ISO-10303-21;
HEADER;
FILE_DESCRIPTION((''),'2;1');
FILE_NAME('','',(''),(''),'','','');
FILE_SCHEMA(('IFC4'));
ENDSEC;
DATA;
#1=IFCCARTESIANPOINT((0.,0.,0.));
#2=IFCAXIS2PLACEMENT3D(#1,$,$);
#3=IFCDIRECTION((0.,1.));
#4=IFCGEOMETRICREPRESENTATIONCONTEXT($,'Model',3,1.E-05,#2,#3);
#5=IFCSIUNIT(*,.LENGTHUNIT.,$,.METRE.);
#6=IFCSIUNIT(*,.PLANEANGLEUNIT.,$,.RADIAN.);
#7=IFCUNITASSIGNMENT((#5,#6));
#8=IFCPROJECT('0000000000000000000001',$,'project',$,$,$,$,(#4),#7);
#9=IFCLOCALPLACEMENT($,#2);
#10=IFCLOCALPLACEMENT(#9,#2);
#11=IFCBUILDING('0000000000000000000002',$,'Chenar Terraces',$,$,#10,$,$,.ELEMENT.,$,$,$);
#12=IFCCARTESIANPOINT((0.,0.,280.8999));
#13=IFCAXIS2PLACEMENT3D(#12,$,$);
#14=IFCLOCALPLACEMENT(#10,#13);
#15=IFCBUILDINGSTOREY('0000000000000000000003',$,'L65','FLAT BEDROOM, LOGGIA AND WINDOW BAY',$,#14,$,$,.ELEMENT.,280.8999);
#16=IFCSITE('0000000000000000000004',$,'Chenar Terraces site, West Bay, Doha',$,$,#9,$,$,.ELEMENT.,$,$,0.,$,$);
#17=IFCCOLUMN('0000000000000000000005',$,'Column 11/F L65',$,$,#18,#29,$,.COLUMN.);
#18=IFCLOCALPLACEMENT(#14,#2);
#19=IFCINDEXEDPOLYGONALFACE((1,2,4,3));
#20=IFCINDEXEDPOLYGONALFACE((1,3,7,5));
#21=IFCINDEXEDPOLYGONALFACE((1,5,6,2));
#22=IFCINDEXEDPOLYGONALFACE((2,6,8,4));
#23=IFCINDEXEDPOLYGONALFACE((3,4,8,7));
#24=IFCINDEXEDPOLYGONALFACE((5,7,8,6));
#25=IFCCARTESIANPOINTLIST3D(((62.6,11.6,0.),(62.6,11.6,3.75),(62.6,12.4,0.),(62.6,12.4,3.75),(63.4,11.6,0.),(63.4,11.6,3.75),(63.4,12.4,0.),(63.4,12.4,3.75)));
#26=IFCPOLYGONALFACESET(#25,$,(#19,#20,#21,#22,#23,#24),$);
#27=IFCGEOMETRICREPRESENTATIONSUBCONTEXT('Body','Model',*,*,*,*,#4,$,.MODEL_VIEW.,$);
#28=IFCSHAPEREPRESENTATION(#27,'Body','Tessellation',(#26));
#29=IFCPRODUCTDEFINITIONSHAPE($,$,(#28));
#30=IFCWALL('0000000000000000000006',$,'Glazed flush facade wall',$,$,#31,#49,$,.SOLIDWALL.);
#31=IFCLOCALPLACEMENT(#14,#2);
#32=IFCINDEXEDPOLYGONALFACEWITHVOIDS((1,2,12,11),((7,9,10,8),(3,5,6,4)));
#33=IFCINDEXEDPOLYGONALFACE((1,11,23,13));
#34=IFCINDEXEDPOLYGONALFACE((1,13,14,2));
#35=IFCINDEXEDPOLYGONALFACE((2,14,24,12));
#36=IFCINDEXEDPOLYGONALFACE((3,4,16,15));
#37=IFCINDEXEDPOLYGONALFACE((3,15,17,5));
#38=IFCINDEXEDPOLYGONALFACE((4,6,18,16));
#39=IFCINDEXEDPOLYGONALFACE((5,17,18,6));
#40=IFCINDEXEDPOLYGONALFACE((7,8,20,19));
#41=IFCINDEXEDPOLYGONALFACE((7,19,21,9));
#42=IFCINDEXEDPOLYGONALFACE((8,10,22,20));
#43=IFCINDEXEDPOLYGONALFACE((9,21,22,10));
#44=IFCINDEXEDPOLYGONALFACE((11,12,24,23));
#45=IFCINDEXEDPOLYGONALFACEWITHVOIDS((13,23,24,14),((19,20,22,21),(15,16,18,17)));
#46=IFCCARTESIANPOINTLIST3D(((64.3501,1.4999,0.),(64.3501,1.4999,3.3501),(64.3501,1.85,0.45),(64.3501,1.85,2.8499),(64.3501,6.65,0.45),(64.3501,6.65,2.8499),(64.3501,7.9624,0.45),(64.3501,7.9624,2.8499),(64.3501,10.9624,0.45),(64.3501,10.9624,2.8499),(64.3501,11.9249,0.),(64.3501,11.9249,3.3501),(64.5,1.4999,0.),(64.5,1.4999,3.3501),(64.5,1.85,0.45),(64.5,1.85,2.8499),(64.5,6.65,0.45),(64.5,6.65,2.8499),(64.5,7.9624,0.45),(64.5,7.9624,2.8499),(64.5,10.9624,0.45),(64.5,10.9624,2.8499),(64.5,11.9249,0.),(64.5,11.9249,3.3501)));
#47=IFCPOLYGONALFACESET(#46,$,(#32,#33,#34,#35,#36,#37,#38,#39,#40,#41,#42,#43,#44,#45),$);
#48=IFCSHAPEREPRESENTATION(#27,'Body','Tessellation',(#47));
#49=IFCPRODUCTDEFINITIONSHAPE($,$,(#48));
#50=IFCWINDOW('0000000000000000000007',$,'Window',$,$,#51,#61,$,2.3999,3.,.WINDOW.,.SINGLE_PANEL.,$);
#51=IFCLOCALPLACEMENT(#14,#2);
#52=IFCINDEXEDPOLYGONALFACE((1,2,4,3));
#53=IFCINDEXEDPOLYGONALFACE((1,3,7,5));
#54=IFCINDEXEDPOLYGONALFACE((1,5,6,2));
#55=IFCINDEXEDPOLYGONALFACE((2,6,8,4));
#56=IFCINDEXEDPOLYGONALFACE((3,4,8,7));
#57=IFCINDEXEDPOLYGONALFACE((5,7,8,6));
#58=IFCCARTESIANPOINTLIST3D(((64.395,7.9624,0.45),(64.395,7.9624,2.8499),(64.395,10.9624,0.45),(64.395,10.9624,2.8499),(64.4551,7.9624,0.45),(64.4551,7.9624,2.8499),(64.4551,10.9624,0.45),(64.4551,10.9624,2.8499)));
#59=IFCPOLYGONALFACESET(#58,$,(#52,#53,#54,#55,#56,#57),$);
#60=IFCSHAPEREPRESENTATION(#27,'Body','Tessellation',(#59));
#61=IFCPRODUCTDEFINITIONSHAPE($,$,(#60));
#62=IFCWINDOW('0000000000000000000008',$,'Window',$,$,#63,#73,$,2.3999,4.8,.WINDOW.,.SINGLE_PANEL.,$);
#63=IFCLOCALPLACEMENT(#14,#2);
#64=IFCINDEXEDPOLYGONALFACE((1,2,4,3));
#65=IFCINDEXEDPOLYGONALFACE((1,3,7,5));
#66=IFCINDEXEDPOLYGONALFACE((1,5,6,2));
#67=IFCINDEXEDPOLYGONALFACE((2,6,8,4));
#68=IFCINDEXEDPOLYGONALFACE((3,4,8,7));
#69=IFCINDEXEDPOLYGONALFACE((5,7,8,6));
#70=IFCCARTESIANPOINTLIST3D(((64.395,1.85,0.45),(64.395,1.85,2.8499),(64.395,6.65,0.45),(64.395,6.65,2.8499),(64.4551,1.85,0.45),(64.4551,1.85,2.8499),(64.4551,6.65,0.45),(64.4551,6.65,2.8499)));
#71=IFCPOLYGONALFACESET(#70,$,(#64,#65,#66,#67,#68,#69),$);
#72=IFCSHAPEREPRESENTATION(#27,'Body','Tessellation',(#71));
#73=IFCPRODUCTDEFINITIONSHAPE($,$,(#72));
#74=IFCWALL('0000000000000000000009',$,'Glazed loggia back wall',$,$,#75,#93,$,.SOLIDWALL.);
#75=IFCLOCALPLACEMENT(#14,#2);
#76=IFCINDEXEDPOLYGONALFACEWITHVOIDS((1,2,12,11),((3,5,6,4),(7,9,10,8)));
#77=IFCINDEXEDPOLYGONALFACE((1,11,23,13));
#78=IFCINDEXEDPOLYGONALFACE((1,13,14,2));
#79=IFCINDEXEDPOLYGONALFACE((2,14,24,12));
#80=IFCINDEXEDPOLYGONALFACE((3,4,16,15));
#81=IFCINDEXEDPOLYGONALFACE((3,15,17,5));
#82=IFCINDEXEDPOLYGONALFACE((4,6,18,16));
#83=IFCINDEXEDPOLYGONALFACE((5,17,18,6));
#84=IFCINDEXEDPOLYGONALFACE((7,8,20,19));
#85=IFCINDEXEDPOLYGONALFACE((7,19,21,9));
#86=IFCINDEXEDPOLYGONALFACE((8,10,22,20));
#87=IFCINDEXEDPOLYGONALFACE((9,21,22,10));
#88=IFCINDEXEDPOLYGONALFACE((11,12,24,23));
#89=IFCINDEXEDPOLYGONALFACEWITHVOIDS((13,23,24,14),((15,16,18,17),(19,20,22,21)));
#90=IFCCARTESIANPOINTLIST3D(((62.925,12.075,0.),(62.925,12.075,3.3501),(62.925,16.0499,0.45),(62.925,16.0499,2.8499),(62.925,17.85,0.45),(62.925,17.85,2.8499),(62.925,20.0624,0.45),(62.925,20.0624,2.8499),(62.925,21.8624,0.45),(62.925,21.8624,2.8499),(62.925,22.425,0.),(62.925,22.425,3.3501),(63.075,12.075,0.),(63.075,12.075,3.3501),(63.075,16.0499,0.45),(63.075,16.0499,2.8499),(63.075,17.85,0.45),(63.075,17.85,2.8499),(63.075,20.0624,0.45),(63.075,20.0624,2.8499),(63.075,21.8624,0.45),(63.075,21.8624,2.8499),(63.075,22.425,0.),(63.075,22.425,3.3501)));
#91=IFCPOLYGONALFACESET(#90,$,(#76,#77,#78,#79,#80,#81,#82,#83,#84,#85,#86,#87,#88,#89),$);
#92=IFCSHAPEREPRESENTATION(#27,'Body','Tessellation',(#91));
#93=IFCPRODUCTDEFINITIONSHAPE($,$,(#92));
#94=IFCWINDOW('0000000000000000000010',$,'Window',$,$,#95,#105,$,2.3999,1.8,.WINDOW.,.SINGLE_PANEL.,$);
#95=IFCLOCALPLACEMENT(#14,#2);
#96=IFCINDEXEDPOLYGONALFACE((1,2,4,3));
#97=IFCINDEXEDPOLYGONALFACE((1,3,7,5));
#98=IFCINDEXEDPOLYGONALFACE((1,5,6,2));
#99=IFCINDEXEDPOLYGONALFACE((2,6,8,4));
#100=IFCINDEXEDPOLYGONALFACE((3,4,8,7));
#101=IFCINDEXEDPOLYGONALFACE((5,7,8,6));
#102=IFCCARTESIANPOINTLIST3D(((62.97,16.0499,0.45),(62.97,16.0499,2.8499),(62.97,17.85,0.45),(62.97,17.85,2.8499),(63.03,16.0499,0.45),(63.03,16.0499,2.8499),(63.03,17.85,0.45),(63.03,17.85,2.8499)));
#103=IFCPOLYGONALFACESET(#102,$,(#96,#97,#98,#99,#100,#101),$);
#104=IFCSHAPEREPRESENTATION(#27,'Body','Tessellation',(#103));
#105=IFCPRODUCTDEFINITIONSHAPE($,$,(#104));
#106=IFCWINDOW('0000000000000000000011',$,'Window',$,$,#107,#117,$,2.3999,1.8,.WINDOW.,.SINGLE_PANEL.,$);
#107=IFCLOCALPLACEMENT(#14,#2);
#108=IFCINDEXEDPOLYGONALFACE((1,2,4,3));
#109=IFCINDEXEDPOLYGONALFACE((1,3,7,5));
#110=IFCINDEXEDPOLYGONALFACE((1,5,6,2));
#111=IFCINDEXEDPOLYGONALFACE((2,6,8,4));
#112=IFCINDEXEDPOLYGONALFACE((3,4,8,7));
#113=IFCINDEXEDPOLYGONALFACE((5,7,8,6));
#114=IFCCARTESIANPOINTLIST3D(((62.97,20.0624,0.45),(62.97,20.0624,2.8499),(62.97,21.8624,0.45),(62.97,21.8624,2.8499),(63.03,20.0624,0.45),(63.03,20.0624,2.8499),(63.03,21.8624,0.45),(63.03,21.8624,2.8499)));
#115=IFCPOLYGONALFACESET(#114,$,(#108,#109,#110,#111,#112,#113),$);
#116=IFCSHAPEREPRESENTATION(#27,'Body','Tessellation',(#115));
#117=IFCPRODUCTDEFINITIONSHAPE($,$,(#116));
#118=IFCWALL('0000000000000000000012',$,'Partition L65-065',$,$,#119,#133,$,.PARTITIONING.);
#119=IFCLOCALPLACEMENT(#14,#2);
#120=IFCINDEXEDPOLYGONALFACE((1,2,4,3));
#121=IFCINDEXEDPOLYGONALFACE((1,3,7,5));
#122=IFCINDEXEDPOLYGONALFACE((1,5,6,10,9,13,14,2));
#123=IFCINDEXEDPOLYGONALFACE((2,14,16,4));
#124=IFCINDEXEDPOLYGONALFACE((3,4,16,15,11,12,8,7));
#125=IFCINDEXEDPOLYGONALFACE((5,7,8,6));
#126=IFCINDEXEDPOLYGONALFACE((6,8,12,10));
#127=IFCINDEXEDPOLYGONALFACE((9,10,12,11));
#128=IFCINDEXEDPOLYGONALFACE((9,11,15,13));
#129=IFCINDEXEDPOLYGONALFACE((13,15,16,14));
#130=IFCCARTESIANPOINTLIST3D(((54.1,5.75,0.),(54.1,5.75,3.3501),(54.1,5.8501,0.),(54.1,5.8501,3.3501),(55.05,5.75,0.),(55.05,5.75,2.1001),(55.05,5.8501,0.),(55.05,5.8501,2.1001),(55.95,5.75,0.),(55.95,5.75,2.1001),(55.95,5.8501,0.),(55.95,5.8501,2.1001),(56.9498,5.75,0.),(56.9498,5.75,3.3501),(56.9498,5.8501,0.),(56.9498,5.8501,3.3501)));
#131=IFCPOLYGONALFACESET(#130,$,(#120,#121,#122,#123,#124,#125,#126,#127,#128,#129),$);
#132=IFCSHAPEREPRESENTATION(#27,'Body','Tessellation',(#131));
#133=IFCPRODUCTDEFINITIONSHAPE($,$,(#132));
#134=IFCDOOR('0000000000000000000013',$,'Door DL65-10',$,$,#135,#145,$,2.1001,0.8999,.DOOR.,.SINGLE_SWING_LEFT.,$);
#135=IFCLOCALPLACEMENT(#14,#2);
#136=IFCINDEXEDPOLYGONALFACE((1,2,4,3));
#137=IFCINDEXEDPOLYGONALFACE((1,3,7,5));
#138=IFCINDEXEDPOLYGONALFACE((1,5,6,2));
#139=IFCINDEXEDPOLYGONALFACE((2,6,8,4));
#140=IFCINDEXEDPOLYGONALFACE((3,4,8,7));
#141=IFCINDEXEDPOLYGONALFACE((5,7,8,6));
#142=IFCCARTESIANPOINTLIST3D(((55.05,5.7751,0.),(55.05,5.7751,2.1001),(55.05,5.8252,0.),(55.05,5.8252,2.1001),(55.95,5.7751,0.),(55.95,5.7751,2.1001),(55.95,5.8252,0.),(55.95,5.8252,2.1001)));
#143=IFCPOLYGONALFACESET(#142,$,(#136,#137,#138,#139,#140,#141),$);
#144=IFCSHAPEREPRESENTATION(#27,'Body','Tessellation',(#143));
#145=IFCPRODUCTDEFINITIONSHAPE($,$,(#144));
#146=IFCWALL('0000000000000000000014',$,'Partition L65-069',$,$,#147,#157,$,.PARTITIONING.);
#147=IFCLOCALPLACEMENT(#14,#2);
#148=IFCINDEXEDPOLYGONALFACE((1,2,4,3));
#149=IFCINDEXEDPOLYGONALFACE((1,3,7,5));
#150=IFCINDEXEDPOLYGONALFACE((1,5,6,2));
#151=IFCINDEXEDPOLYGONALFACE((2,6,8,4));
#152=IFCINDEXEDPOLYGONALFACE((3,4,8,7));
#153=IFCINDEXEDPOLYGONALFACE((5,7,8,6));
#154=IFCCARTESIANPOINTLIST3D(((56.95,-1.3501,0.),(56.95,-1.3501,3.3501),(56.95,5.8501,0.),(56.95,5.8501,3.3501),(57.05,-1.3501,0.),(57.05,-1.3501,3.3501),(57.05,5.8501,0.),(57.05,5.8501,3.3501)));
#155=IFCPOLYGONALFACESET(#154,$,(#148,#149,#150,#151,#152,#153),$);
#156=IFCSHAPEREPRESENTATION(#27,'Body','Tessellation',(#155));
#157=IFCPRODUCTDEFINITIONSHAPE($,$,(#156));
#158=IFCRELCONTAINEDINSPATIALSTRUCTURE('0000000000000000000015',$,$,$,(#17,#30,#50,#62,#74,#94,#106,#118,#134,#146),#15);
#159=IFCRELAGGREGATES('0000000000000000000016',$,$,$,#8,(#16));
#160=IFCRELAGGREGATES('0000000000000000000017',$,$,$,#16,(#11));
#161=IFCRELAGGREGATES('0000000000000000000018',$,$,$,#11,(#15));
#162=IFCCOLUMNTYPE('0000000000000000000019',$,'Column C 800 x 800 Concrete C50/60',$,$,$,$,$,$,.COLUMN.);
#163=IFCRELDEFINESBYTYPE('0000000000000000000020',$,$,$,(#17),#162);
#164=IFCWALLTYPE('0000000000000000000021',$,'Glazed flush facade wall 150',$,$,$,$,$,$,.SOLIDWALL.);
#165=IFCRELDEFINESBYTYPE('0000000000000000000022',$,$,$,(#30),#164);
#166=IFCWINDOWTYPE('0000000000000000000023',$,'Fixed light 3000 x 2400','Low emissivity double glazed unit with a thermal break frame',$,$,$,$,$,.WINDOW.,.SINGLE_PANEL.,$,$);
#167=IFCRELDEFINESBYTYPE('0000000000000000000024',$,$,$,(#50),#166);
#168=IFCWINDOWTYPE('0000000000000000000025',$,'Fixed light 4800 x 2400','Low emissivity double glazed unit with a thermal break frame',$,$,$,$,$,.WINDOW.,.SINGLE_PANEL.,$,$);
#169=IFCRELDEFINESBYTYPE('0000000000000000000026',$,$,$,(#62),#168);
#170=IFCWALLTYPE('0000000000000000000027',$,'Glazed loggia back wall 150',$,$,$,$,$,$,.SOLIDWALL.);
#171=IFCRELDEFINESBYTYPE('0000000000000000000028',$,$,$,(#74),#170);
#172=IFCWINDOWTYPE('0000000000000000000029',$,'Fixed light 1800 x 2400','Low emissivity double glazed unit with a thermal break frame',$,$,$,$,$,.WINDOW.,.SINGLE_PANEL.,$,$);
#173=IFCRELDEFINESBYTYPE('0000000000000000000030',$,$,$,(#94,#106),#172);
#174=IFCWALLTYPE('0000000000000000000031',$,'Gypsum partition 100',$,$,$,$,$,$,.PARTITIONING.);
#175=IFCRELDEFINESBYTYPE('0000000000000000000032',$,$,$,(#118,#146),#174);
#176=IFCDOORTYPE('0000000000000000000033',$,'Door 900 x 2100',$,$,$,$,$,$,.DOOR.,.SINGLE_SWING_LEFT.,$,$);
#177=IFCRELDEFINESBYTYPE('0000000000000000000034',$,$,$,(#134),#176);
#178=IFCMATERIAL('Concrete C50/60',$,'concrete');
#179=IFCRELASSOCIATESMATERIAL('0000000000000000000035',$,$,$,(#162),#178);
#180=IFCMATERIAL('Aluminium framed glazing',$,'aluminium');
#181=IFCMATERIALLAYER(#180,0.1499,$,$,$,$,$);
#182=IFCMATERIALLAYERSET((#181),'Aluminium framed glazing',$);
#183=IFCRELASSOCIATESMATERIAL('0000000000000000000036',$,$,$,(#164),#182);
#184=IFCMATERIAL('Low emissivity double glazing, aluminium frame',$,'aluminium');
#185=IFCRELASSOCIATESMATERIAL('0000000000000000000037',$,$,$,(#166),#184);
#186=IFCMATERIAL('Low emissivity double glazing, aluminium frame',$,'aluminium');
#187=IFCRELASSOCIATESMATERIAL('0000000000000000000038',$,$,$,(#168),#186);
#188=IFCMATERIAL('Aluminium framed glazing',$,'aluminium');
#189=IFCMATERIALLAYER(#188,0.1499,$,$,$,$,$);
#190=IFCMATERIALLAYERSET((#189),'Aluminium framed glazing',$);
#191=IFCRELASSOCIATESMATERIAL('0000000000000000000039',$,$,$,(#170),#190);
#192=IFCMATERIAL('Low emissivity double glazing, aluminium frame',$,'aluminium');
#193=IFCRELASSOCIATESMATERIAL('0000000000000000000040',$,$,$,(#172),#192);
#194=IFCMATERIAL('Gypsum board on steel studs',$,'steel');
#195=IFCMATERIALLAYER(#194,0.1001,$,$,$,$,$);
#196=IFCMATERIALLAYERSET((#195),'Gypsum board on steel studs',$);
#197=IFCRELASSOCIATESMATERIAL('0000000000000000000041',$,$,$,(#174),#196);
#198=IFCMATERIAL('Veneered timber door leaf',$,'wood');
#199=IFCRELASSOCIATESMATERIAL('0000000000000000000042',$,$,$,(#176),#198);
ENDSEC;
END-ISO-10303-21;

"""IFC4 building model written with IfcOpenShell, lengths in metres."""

from ifc_helpers import new_model, si_unit, direction, frame, frame_2d, origin, origin_2d, place, context, subcontext, project, spatial, rectangle, extrude, material, layer, layer_set, material_profile, profile_set, type_object, element, fill, save


model = new_model("IFC4")

# Units and contexts
model_context = context("Model", 3, precision=1e-05, world=origin(), true_north=direction((0.0, 1.0)))
body_context = subcontext(model_context, "Body", "Model", "MODEL_VIEW")
ifc_project = project(units=[si_unit("LENGTHUNIT", "METRE"), si_unit("PLANEANGLEUNIT", "RADIAN")], contexts=[model_context])

# Site, building, storey
site_placement = place(None, origin())
site = spatial("IfcSite", under=ifc_project, at=site_placement, Name="Chenar Terraces site, West Bay, Doha", CompositionType="ELEMENT", RefElevation=0.0)
building_placement = place(site_placement, origin())
building = spatial("IfcBuilding", under=site, at=building_placement, Name="Chenar Terraces", CompositionType="ELEMENT")
storey_placement = place(building_placement, frame((0.0, 0.0, 280.8999)))
storey = spatial("IfcBuildingStorey", under=building, at=storey_placement, Name="L65", Description="FLAT BEDROOM, LOGGIA AND WINDOW BAY", CompositionType="ELEMENT", Elevation=280.8999)

# Column
ifc_material_1 = material(Name="Concrete C50/60", Category="concrete")
ifc_material_profile_1 = material_profile(ifc_material_1, rectangle(XDim=0.8, YDim=0.8, at=origin_2d()), Name="C 800 x 800")
ifc_profile_set_1 = profile_set([ifc_material_profile_1], Name="Concrete C50/60")
column_type = type_object("IfcColumnType", Name="Column C 800 x 800 Concrete C50/60", PredefinedType="COLUMN", material=ifc_profile_set_1)
column_placement = place(storey_placement, frame((63.0, 12.0, 0.0), z_axis=(0.0, 0.0, 1.0), x_axis=(1.0, 0.0, 0.0)))
element("IfcColumn", 1, at=column_placement, inside=storey, type_object=column_type, Name="Column 11/F L65", PredefinedType="COLUMN", context=body_context, shape_type="SweptSolid", body=[
    extrude(rectangle(XDim=0.8, YDim=0.8, at=origin_2d()), origin(), (0.0, 0.0, 1.0), 3.75),
])

# Walls, openings, windows
ifc_material_2 = material(Name="Aluminium framed glazing", Category="aluminium")
ifc_layer_1 = layer(ifc_material_2, 0.1499)
ifc_layer_set_1 = layer_set([ifc_layer_1], Name="Aluminium framed glazing")
wall_type_1 = type_object("IfcWallType", Name="Glazed flush facade wall 150", PredefinedType="SOLIDWALL", material=ifc_layer_set_1)
wall_1_placement = place(storey_placement, frame((64.425, 1.5, 0.0), z_axis=(0.0, 0.0, 1.0), x_axis=(0.0, 1.0, 0.0)))
wall_1 = element("IfcWall", 2, at=wall_1_placement, inside=storey, type_object=wall_type_1, Name="Glazed flush facade wall", PredefinedType="SOLIDWALL", context=body_context, shape_type="SweptSolid", body=[
    extrude(rectangle(XDim=10.425, YDim=0.1499, at=frame_2d((5.2124, 0.0))), origin(), (0.0, 0.0, 1.0), 3.3501),
])
opening_1_placement = place(wall_1_placement, frame((0.3501, 0.0, 0.45)))
opening_1 = element("IfcOpeningElement", 3, at=opening_1_placement, cuts=wall_1, PredefinedType="OPENING", context=body_context, shape_type="SweptSolid", body=[
    extrude(rectangle(XDim=4.8, YDim=2.3999, at=frame_2d((2.3999, 1.2))), frame((0.0, 0.085, 0.0), z_axis=(0.0, -1.0, 0.0), x_axis=(1.0, 0.0, 0.0)), (0.0, 0.0, 1.0), 0.1699),
])
opening_2_placement = place(wall_1_placement, frame((6.4624, 0.0, 0.45)))
opening_2 = element("IfcOpeningElement", 4, at=opening_2_placement, cuts=wall_1, PredefinedType="OPENING", context=body_context, shape_type="SweptSolid", body=[
    extrude(rectangle(XDim=3.0, YDim=2.3999, at=frame_2d((1.5, 1.2))), frame((0.0, 0.085, 0.0), z_axis=(0.0, -1.0, 0.0), x_axis=(1.0, 0.0, 0.0)), (0.0, 0.0, 1.0), 0.1699),
])
ifc_material_3 = material(Name="Low emissivity double glazing, aluminium frame", Category="aluminium")
window_type_1 = type_object("IfcWindowType", Name="Fixed light 3000 x 2400", Description="Low emissivity double glazed unit with a thermal break frame", PartitioningType="SINGLE_PANEL", PredefinedType="WINDOW", material=ifc_material_3)
window_1_placement = place(opening_2_placement, origin())
window_1 = element("IfcWindow", 5, at=window_1_placement, inside=storey, type_object=window_type_1, Name="Window", OverallHeight=2.3999, OverallWidth=3.0, PartitioningType="SINGLE_PANEL", PredefinedType="WINDOW", context=body_context, shape_type="SweptSolid", body=[
    extrude(rectangle(XDim=3.0, YDim=2.3999, at=frame_2d((1.5, 1.2))), frame((0.0, 0.03, 0.0), z_axis=(0.0, -1.0, 0.0), x_axis=(1.0, 0.0, 0.0)), (0.0, 0.0, 1.0), 0.0601),
])
fill(opening_2, window_1)
ifc_material_4 = material(Name="Low emissivity double glazing, aluminium frame", Category="aluminium")
window_type_2 = type_object("IfcWindowType", Name="Fixed light 4800 x 2400", Description="Low emissivity double glazed unit with a thermal break frame", PartitioningType="SINGLE_PANEL", PredefinedType="WINDOW", material=ifc_material_4)
window_2_placement = place(opening_1_placement, origin())
window_2 = element("IfcWindow", 6, at=window_2_placement, inside=storey, type_object=window_type_2, Name="Window", OverallHeight=2.3999, OverallWidth=4.8, PartitioningType="SINGLE_PANEL", PredefinedType="WINDOW", context=body_context, shape_type="SweptSolid", body=[
    extrude(rectangle(XDim=4.8, YDim=2.3999, at=frame_2d((2.3999, 1.2))), frame((0.0, 0.03, 0.0), z_axis=(0.0, -1.0, 0.0), x_axis=(1.0, 0.0, 0.0)), (0.0, 0.0, 1.0), 0.0601),
])
fill(opening_1, window_2)
ifc_material_5 = material(Name="Aluminium framed glazing", Category="aluminium")
ifc_layer_2 = layer(ifc_material_5, 0.1499)
ifc_layer_set_2 = layer_set([ifc_layer_2], Name="Aluminium framed glazing")
wall_type_2 = type_object("IfcWallType", Name="Glazed loggia back wall 150", PredefinedType="SOLIDWALL", material=ifc_layer_set_2)
wall_2_placement = place(storey_placement, frame((63.0, 12.075, 0.0), z_axis=(0.0, 0.0, 1.0), x_axis=(0.0, 1.0, 0.0)))
wall_2 = element("IfcWall", 7, at=wall_2_placement, inside=storey, type_object=wall_type_2, Name="Glazed loggia back wall", PredefinedType="SOLIDWALL", context=body_context, shape_type="SweptSolid", body=[
    extrude(rectangle(XDim=10.3501, YDim=0.1499, at=frame_2d((5.175, 0.0))), origin(), (0.0, 0.0, 1.0), 3.3501),
])
opening_3_placement = place(wall_2_placement, frame((3.9751, 0.0, 0.45)))
opening_3 = element("IfcOpeningElement", 8, at=opening_3_placement, cuts=wall_2, PredefinedType="OPENING", context=body_context, shape_type="SweptSolid", body=[
    extrude(rectangle(XDim=1.8, YDim=2.3999, at=frame_2d((0.8999, 1.2))), frame((0.0, 0.085, 0.0), z_axis=(0.0, -1.0, 0.0), x_axis=(1.0, 0.0, 0.0)), (0.0, 0.0, 1.0), 0.1699),
])
opening_4_placement = place(wall_2_placement, frame((7.9875, 0.0, 0.45)))
opening_4 = element("IfcOpeningElement", 9, at=opening_4_placement, cuts=wall_2, PredefinedType="OPENING", context=body_context, shape_type="SweptSolid", body=[
    extrude(rectangle(XDim=1.8, YDim=2.3999, at=frame_2d((0.8999, 1.2))), frame((0.0, 0.085, 0.0), z_axis=(0.0, -1.0, 0.0), x_axis=(1.0, 0.0, 0.0)), (0.0, 0.0, 1.0), 0.1699),
])
ifc_material_6 = material(Name="Low emissivity double glazing, aluminium frame", Category="aluminium")
window_type_3 = type_object("IfcWindowType", Name="Fixed light 1800 x 2400", Description="Low emissivity double glazed unit with a thermal break frame", PartitioningType="SINGLE_PANEL", PredefinedType="WINDOW", material=ifc_material_6)
window_3_placement = place(opening_3_placement, origin())
window_3 = element("IfcWindow", 10, at=window_3_placement, inside=storey, type_object=window_type_3, Name="Window", OverallHeight=2.3999, OverallWidth=1.8, PartitioningType="SINGLE_PANEL", PredefinedType="WINDOW", context=body_context, shape_type="SweptSolid", body=[
    extrude(rectangle(XDim=1.8, YDim=2.3999, at=frame_2d((0.8999, 1.2))), frame((0.0, 0.03, 0.0), z_axis=(0.0, -1.0, 0.0), x_axis=(1.0, 0.0, 0.0)), (0.0, 0.0, 1.0), 0.0601),
])
fill(opening_3, window_3)
window_4_placement = place(opening_4_placement, origin())
window_4 = element("IfcWindow", 11, at=window_4_placement, inside=storey, type_object=window_type_3, Name="Window", OverallHeight=2.3999, OverallWidth=1.8, PartitioningType="SINGLE_PANEL", PredefinedType="WINDOW", context=body_context, shape_type="SweptSolid", body=[
    extrude(rectangle(XDim=1.8, YDim=2.3999, at=frame_2d((0.8999, 1.2))), frame((0.0, 0.03, 0.0), z_axis=(0.0, -1.0, 0.0), x_axis=(1.0, 0.0, 0.0)), (0.0, 0.0, 1.0), 0.0601),
])
fill(opening_4, window_4)

# Wall, opening, door
ifc_material_7 = material(Name="Gypsum board on steel studs", Category="steel")
ifc_layer_3 = layer(ifc_material_7, 0.1001)
ifc_layer_set_3 = layer_set([ifc_layer_3], Name="Gypsum board on steel studs")
wall_type_3 = type_object("IfcWallType", Name="Gypsum partition 100", PredefinedType="PARTITIONING", material=ifc_layer_set_3)
wall_3_placement = place(storey_placement, frame((54.1001, 5.8, 0.0), z_axis=(0.0, 0.0, 1.0), x_axis=(1.0, 0.0, 0.0)))
wall_3 = element("IfcWall", 12, at=wall_3_placement, inside=storey, type_object=wall_type_3, Name="Partition L65-065", PredefinedType="PARTITIONING", context=body_context, shape_type="SweptSolid", body=[
    extrude(rectangle(XDim=2.8499, YDim=0.1001, at=frame_2d((1.4248, 0.0))), origin(), (0.0, 0.0, 1.0), 3.3501),
])
opening_5_placement = place(wall_3_placement, frame((0.95, 0.0, 0.0)))
opening_5 = element("IfcOpeningElement", 13, at=opening_5_placement, cuts=wall_3, PredefinedType="OPENING", context=body_context, shape_type="SweptSolid", body=[
    extrude(rectangle(XDim=0.8999, YDim=2.1001, at=frame_2d((0.45, 1.05))), frame((0.0, 0.0601, 0.0), z_axis=(0.0, -1.0, 0.0), x_axis=(1.0, 0.0, 0.0)), (0.0, 0.0, 1.0), 0.1201),
])
ifc_material_8 = material(Name="Veneered timber door leaf", Category="wood")
door_type_1 = type_object("IfcDoorType", Name="Door 900 x 2100", OperationType="SINGLE_SWING_LEFT", PredefinedType="DOOR", material=ifc_material_8)
door_1_placement = place(opening_5_placement, frame((0.8999, 0.0, 0.0), z_axis=(0.0, 0.0, 1.0), x_axis=(-1.0, 0.0, 0.0)))
door_1 = element("IfcDoor", 14, at=door_1_placement, inside=storey, type_object=door_type_1, Name="Door DL65-10", OperationType="SINGLE_SWING_LEFT", OverallHeight=2.1001, OverallWidth=0.8999, PredefinedType="DOOR", context=body_context, shape_type="SweptSolid", body=[
    extrude(rectangle(XDim=0.8999, YDim=2.1001, at=frame_2d((0.45, 1.05))), frame((0.0, 0.0249, 0.0), z_axis=(0.0, -1.0, 0.0), x_axis=(1.0, 0.0, 0.0)), (0.0, 0.0, 1.0), 0.05),
])
fill(opening_5, door_1)

# Wall
wall_4_placement = place(storey_placement, frame((57.0, -1.3501, 0.0), z_axis=(0.0, 0.0, 1.0), x_axis=(0.0, 1.0, 0.0)))
element("IfcWall", 15, at=wall_4_placement, inside=storey, type_object=wall_type_3, Name="Partition L65-069", PredefinedType="PARTITIONING", context=body_context, shape_type="SweptSolid", body=[
    extrude(rectangle(XDim=7.2002, YDim=0.1001, at=frame_2d((3.6001, 0.0))), origin(), (0.0, 0.0, 1.0), 3.3501),
])

save(model, "model.ifc")
